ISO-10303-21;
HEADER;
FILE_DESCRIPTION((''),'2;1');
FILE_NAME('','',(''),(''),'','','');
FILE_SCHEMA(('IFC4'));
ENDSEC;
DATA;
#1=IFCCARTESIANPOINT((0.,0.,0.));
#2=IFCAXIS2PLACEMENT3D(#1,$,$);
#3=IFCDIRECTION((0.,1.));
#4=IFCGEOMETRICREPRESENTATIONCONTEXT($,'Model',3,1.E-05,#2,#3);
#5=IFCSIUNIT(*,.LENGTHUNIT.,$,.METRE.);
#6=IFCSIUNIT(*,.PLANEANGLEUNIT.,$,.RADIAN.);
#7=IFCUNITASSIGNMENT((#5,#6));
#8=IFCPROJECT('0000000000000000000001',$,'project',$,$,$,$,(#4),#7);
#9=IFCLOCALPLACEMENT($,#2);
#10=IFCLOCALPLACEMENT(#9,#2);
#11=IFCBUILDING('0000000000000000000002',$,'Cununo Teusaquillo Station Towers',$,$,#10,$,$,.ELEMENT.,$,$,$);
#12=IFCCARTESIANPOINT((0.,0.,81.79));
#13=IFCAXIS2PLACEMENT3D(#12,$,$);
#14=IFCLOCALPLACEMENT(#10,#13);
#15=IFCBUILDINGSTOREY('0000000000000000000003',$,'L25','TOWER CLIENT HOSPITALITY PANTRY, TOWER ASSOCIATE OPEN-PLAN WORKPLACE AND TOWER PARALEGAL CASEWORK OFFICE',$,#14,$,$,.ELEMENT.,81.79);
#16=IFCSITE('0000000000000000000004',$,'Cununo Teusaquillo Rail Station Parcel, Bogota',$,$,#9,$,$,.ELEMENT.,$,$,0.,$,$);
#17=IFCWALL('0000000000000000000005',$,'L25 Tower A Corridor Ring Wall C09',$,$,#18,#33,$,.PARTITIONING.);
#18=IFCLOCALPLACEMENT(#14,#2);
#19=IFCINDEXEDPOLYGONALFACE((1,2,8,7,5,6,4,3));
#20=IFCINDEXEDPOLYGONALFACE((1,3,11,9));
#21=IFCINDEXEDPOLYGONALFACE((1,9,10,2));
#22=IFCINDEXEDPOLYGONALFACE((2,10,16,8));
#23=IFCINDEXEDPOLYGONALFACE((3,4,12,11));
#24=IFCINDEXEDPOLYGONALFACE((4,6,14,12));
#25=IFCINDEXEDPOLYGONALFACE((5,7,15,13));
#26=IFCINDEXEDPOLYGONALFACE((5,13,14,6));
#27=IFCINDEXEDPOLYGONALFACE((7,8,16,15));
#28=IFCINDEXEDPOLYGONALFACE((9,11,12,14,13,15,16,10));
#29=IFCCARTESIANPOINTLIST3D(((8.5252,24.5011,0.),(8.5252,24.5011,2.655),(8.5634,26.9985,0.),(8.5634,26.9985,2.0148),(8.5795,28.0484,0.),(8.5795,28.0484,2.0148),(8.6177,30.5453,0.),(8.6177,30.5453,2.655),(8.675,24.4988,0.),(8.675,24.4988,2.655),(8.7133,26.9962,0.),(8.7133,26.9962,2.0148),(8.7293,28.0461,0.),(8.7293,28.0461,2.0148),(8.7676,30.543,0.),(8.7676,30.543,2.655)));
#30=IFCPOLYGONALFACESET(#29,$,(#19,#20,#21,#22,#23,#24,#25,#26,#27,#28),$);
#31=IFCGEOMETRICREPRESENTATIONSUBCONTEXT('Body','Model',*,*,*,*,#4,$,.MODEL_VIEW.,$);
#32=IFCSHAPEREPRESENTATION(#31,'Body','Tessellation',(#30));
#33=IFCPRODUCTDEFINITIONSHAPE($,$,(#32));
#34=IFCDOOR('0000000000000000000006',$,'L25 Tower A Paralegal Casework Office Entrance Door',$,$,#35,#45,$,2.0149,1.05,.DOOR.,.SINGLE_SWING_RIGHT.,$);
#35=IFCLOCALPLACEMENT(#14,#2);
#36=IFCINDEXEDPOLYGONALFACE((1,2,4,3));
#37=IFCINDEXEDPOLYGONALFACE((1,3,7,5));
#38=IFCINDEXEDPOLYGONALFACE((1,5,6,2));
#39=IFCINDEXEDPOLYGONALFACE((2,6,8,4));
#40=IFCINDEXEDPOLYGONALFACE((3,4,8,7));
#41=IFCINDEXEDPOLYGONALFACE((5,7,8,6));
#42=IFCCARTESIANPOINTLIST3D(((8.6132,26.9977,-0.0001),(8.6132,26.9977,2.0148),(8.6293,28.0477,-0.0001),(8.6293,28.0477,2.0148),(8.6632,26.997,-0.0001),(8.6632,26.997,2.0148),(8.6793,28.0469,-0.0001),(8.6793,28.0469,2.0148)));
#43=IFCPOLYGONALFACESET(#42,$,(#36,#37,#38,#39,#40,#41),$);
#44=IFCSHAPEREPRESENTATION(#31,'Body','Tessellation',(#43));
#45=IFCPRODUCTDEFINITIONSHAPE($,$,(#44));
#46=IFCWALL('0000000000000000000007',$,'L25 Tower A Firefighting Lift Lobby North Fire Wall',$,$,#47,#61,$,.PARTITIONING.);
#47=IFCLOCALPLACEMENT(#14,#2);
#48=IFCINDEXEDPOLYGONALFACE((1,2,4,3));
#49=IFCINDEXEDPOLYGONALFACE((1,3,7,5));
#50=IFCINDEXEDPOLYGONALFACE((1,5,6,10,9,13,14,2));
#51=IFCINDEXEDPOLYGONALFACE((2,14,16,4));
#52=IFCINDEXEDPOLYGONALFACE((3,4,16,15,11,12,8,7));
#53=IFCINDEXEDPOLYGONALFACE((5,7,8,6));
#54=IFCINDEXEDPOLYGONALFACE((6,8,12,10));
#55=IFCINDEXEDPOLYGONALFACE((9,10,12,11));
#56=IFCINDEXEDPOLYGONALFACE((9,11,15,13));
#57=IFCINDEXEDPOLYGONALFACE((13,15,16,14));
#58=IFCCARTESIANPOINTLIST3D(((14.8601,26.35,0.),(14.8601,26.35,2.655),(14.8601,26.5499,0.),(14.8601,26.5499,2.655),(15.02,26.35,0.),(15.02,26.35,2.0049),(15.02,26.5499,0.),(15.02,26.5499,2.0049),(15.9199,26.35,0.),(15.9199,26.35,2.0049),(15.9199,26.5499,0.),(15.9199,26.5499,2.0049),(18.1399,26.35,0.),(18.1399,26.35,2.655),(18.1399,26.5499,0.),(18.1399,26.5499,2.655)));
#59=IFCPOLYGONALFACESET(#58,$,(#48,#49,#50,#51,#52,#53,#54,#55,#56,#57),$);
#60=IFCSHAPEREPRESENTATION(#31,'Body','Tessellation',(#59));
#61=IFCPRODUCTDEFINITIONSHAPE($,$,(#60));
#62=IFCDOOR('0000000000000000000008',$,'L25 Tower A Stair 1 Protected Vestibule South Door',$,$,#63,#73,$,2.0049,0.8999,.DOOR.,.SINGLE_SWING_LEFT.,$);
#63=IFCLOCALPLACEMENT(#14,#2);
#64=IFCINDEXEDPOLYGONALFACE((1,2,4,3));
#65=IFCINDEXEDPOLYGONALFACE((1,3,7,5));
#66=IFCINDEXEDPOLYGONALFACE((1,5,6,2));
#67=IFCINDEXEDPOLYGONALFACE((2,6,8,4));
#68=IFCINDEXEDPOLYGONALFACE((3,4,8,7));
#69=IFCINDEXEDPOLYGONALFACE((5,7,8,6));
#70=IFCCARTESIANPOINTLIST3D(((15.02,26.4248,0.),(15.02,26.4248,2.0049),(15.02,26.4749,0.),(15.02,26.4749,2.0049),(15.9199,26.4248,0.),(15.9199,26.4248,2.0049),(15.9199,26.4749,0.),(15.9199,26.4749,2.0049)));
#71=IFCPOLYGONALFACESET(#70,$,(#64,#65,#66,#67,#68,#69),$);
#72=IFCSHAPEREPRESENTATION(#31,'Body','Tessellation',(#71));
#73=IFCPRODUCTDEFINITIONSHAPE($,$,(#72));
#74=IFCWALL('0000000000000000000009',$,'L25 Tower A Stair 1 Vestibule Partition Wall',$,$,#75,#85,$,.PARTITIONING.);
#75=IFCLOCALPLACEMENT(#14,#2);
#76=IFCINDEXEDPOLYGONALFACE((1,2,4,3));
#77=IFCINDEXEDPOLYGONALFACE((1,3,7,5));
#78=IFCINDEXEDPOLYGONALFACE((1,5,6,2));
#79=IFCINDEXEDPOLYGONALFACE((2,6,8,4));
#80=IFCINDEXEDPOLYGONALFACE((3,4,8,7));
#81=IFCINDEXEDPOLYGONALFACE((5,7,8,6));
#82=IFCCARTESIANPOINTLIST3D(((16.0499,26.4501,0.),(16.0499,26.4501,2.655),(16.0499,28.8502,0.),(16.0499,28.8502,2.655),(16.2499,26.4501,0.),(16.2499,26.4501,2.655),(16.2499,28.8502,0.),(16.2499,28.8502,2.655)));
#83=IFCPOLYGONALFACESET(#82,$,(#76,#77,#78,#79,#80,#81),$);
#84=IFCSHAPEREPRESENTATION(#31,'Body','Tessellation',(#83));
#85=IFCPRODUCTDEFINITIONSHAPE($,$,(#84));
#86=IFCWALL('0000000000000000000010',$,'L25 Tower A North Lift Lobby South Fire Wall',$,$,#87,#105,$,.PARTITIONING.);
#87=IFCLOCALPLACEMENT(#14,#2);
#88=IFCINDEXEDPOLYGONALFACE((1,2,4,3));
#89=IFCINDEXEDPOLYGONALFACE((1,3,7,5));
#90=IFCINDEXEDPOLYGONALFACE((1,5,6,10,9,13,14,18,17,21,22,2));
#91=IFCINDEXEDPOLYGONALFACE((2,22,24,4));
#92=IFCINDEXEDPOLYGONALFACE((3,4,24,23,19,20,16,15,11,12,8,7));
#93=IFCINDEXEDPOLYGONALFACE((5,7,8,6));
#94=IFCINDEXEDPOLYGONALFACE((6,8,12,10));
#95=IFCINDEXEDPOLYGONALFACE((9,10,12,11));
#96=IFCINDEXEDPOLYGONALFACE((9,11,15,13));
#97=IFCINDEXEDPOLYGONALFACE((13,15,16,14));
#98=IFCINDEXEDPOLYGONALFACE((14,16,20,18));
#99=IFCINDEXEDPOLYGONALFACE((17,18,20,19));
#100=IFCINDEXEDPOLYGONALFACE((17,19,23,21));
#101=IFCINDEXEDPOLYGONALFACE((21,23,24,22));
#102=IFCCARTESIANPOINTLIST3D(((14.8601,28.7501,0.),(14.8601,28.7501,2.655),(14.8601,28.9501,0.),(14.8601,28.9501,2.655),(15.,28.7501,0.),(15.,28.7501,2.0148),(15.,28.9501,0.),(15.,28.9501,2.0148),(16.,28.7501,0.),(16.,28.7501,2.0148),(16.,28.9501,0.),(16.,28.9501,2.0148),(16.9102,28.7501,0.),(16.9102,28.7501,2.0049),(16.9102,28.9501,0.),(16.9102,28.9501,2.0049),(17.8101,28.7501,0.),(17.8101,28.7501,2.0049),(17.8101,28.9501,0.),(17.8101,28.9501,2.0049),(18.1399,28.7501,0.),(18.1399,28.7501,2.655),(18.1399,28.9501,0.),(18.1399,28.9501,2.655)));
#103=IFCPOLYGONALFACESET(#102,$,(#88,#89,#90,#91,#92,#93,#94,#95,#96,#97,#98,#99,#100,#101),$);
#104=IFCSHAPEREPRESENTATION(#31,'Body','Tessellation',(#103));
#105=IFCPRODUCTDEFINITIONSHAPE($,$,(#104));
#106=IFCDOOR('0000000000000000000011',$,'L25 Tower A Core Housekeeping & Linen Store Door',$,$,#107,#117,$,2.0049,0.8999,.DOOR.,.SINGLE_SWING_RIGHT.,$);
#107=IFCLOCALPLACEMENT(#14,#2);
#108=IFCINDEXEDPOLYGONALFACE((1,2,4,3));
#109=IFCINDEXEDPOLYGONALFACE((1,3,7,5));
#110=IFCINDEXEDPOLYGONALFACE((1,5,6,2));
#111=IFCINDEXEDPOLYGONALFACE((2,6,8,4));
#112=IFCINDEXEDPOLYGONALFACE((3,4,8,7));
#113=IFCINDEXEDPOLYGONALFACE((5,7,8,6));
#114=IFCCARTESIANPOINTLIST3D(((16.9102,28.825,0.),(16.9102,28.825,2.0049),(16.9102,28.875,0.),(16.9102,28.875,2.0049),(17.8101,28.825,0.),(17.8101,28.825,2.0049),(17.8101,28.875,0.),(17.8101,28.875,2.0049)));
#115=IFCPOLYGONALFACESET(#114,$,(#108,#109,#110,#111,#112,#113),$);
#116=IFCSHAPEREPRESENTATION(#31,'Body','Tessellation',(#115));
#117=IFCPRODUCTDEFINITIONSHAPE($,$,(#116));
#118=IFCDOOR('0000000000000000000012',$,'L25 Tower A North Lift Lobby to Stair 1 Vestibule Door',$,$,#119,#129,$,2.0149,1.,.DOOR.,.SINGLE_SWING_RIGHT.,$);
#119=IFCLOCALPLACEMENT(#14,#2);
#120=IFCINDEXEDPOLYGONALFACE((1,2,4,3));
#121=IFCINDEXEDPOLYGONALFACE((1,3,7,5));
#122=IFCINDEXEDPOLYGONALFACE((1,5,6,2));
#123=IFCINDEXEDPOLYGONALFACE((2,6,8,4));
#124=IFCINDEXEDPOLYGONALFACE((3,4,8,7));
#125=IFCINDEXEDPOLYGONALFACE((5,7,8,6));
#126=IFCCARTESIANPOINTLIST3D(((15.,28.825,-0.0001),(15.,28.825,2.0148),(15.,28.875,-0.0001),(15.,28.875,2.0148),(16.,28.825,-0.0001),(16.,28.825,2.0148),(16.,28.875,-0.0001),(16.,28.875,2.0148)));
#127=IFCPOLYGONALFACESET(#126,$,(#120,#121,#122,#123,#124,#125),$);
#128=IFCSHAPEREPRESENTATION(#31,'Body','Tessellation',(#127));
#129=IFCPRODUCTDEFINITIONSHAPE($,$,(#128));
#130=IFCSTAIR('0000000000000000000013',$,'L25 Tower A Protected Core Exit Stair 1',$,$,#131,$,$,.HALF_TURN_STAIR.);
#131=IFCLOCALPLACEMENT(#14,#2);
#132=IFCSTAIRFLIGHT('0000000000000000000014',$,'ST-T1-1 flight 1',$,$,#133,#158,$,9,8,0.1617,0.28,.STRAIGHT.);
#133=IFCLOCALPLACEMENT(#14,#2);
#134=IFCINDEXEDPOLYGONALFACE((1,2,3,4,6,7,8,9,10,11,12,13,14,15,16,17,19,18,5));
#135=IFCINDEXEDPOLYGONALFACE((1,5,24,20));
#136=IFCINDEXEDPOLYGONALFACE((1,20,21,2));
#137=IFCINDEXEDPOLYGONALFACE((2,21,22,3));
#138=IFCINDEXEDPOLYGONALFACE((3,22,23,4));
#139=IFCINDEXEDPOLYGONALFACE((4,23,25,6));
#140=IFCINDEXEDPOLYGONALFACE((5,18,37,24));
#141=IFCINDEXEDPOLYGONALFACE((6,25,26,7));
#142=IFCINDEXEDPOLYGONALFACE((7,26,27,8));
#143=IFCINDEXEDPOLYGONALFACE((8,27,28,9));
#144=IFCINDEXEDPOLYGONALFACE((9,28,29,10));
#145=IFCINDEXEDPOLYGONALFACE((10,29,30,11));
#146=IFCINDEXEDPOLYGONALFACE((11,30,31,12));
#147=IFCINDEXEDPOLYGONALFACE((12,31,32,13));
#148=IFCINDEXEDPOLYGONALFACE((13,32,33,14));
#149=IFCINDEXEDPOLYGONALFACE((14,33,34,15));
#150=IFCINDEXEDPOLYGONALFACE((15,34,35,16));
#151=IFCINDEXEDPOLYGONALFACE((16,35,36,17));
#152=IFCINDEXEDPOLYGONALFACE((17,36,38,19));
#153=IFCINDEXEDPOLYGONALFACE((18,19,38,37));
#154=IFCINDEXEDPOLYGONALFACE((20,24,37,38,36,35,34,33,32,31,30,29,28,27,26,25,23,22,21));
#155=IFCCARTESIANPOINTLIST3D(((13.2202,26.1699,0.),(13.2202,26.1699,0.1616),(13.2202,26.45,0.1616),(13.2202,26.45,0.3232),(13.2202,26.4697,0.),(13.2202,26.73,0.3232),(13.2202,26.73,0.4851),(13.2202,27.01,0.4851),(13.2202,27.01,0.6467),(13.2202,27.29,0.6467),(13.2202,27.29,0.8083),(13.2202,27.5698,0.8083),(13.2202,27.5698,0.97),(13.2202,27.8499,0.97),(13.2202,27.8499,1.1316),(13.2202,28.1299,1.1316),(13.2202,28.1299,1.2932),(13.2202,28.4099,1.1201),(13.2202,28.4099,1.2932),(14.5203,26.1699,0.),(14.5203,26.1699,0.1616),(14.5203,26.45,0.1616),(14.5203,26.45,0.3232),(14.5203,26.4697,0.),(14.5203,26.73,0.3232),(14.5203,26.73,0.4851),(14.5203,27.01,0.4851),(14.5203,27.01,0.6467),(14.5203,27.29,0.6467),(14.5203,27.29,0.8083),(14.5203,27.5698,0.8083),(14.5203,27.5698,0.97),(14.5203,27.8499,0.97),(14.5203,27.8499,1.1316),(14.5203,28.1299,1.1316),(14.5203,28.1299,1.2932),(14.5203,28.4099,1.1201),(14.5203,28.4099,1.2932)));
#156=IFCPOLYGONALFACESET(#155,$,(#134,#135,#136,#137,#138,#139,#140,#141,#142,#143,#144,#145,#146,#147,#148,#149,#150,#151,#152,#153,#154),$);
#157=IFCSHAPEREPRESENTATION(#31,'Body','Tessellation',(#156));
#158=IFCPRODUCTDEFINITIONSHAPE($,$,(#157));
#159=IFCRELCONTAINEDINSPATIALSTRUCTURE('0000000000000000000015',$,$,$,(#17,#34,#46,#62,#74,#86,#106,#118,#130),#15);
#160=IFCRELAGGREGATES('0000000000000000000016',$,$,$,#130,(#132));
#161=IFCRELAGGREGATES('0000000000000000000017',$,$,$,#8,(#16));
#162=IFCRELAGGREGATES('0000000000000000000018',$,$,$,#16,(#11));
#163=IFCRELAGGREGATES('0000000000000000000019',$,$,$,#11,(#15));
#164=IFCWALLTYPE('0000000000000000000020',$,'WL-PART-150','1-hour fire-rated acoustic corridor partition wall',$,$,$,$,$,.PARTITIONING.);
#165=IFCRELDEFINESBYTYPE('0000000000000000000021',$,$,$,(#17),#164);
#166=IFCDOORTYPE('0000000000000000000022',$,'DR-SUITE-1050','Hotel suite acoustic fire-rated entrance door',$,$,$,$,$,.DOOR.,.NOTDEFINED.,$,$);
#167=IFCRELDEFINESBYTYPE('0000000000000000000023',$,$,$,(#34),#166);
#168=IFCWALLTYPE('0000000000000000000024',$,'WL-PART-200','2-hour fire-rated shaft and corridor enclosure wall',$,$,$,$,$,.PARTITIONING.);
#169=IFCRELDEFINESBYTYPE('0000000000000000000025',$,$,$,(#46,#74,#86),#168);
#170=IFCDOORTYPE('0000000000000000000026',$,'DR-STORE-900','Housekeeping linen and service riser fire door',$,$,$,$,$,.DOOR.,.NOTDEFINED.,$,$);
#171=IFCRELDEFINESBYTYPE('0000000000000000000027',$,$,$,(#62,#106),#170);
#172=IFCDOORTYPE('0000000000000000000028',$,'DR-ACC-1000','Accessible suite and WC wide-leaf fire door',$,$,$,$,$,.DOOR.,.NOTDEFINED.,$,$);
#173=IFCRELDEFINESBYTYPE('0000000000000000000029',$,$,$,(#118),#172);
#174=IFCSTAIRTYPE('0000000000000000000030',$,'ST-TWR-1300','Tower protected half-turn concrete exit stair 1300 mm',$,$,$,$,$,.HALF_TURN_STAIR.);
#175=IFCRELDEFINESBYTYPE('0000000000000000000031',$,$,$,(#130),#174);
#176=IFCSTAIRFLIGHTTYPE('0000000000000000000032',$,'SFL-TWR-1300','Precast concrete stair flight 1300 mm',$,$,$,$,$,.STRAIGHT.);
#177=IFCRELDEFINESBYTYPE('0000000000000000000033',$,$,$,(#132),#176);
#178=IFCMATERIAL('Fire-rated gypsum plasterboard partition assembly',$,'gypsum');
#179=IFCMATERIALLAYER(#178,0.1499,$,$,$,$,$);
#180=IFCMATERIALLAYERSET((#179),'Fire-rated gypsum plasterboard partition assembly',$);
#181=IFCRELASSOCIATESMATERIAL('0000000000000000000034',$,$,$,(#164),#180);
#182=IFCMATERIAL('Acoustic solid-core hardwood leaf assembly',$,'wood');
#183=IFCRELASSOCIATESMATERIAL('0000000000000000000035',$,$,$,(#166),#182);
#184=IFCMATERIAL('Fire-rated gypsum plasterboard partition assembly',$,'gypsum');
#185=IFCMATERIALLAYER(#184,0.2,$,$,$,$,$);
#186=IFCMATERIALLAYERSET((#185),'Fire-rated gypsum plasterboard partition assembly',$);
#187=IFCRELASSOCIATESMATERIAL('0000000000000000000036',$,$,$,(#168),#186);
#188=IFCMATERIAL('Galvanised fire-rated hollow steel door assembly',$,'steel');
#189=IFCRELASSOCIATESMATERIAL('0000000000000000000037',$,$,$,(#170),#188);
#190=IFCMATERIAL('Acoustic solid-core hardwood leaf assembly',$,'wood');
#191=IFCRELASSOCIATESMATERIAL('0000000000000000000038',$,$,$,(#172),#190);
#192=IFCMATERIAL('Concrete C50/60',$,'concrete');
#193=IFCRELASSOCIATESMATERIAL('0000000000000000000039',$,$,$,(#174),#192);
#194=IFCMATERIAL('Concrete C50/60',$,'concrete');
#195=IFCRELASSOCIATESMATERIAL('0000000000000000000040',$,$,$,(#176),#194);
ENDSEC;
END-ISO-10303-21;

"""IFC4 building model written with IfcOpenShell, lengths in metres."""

from ifc_helpers import new_model, si_unit, direction, frame, frame_2d, origin, place, context, subcontext, project, spatial, polyline, rectangle, outline, extrude, source, transform, mapped, material, layer, layer_set, type_object, element, fill, aggregate, save


model = new_model("IFC4")

# Units and contexts
model_context = context("Model", 3, precision=1e-05, world=origin(), true_north=direction((0.0, 1.0)))
body_context = subcontext(model_context, "Body", "Model", "MODEL_VIEW")
ifc_project = project(units=[si_unit("LENGTHUNIT", "METRE"), si_unit("PLANEANGLEUNIT", "RADIAN")], contexts=[model_context])

# Site, building, storey
site_placement = place(None, origin())
site = spatial("IfcSite", under=ifc_project, at=site_placement, Name="Cununo Teusaquillo Rail Station Parcel, Bogota", CompositionType="ELEMENT", RefElevation=0.0)
building_placement = place(site_placement, origin())
building = spatial("IfcBuilding", under=site, at=building_placement, Name="Cununo Teusaquillo Station Towers", CompositionType="ELEMENT")
storey_placement = place(building_placement, frame((0.0, 0.0, 81.79)))
storey = spatial("IfcBuildingStorey", under=building, at=storey_placement, Name="L25", Description="TOWER CLIENT HOSPITALITY PANTRY, TOWER ASSOCIATE OPEN-PLAN WORKPLACE AND TOWER PARALEGAL CASEWORK OFFICE", CompositionType="ELEMENT", Elevation=81.79)

# Walls, openings, doors
ifc_material_1 = material(Name="Fire-rated gypsum plasterboard partition assembly", Category="gypsum")
ifc_layer_1 = layer(ifc_material_1, 0.1499)
ifc_layer_set_1 = layer_set([ifc_layer_1], Name="Fire-rated gypsum plasterboard partition assembly")
wall_type_1 = type_object("IfcWallType", Name="WL-PART-150", Description="1-hour fire-rated acoustic corridor partition wall", PredefinedType="PARTITIONING", material=ifc_layer_set_1)
wall_1_placement = place(storey_placement, frame((8.6926, 30.5442, 0.0), z_axis=(0.0, 0.0, 1.0), x_axis=(-0.015307, -0.999883, 0.0)))
wall_1 = element("IfcWall", 1, at=wall_1_placement, inside=storey, type_object=wall_type_1, Name="L25 Tower A Corridor Ring Wall C09", PredefinedType="PARTITIONING", context=body_context, shape_type="SweptSolid", body=[
    extrude(rectangle(XDim=6.0449, YDim=0.1499, at=frame_2d((3.0225, 0.0))), origin(), (0.0, 0.0, 1.0), 2.655),
])
shared_shape_1 = source(origin(), body_context, "Body", "SweptSolid", [
    extrude(rectangle(XDim=1.05, YDim=2.0149, at=frame_2d((0.5249, 1.0073))), frame((0.0, 0.085, 0.0), z_axis=(0.0, -1.0, 0.0), x_axis=(1.0, 0.0, 0.0)), (0.0, 0.0, 1.0), 0.1699),
])
opening_1_placement = place(wall_1_placement, frame((2.4973, 0.0, 0.0)))
opening_1 = element("IfcOpeningElement", 2, at=opening_1_placement, cuts=wall_1, PredefinedType="OPENING", context=body_context, shape_type="MappedRepresentation", body=[
    mapped(shared_shape_1, transform((0.0, 0.0, 0.0), x_axis=(1.0, 0.0, 0.0), y_axis=(0.0, 1.0, 0.0), z_axis=(0.0, 0.0, 1.0), scale=1.0)),
])
ifc_material_2 = material(Name="Acoustic solid-core hardwood leaf assembly", Category="wood")
door_type_1 = type_object("IfcDoorType", Name="DR-SUITE-1050", Description="Hotel suite acoustic fire-rated entrance door", OperationType="NOTDEFINED", PredefinedType="DOOR", material=ifc_material_2)
shared_shape_2 = source(origin(), body_context, "Body", "SweptSolid", [
    extrude(rectangle(XDim=1.05, YDim=2.0149, at=frame_2d((0.5249, 1.0073))), frame((0.0, 0.0249, 0.0), z_axis=(0.0, -1.0, 0.0), x_axis=(1.0, 0.0, 0.0)), (0.0, 0.0, 1.0), 0.05),
])
door_1_placement = place(opening_1_placement, origin())
door_1 = element("IfcDoor", 3, at=door_1_placement, inside=storey, type_object=door_type_1, Name="L25 Tower A Paralegal Casework Office Entrance Door", OperationType="SINGLE_SWING_RIGHT", OverallHeight=2.0149, OverallWidth=1.05, PredefinedType="DOOR", context=body_context, shape_type="MappedRepresentation", body=[
    mapped(shared_shape_2, transform((0.0, 0.0, 0.0), x_axis=(1.0, 0.0, 0.0), y_axis=(0.0, 1.0, 0.0), z_axis=(0.0, 0.0, 1.0), scale=1.0)),
])
fill(opening_1, door_1)
ifc_material_3 = material(Name="Fire-rated gypsum plasterboard partition assembly", Category="gypsum")
ifc_layer_2 = layer(ifc_material_3, 0.2)
ifc_layer_set_2 = layer_set([ifc_layer_2], Name="Fire-rated gypsum plasterboard partition assembly")
wall_type_2 = type_object("IfcWallType", Name="WL-PART-200", Description="2-hour fire-rated shaft and corridor enclosure wall", PredefinedType="PARTITIONING", material=ifc_layer_set_2)
wall_2_placement = place(storey_placement, frame((14.8601, 26.45, 0.0), z_axis=(0.0, 0.0, 1.0), x_axis=(1.0, 0.0, 0.0)))
wall_2 = element("IfcWall", 4, at=wall_2_placement, inside=storey, type_object=wall_type_2, Name="L25 Tower A Firefighting Lift Lobby North Fire Wall", PredefinedType="PARTITIONING", context=body_context, shape_type="SweptSolid", body=[
    extrude(rectangle(XDim=3.2798, YDim=0.2, at=frame_2d((1.6399, 0.0))), origin(), (0.0, 0.0, 1.0), 2.655),
])
shared_shape_3 = source(origin(), body_context, "Body", "SweptSolid", [
    extrude(rectangle(XDim=0.8999, YDim=2.0049, at=frame_2d((0.45, 1.0024))), frame((0.0, 0.1099, 0.0), z_axis=(0.0, -1.0, 0.0), x_axis=(1.0, 0.0, 0.0)), (0.0, 0.0, 1.0), 0.22),
])
opening_2_placement = place(wall_2_placement, frame((0.1599, 0.0, 0.0)))
opening_2 = element("IfcOpeningElement", 5, at=opening_2_placement, cuts=wall_2, PredefinedType="OPENING", context=body_context, shape_type="MappedRepresentation", body=[
    mapped(shared_shape_3, transform((0.0, 0.0, 0.0), x_axis=(1.0, 0.0, 0.0), y_axis=(0.0, 1.0, 0.0), z_axis=(0.0, 0.0, 1.0), scale=1.0)),
])
ifc_material_4 = material(Name="Galvanised fire-rated hollow steel door assembly", Category="steel")
door_type_2 = type_object("IfcDoorType", Name="DR-STORE-900", Description="Housekeeping linen and service riser fire door", OperationType="NOTDEFINED", PredefinedType="DOOR", material=ifc_material_4)
shared_shape_4 = source(origin(), body_context, "Body", "SweptSolid", [
    extrude(rectangle(XDim=0.8999, YDim=2.0049, at=frame_2d((0.45, 1.0024))), frame((0.0, 0.0249, 0.0), z_axis=(0.0, -1.0, 0.0), x_axis=(1.0, 0.0, 0.0)), (0.0, 0.0, 1.0), 0.05),
])
door_2_placement = place(opening_2_placement, origin())
door_2 = element("IfcDoor", 6, at=door_2_placement, inside=storey, type_object=door_type_2, Name="L25 Tower A Stair 1 Protected Vestibule South Door", OperationType="SINGLE_SWING_LEFT", OverallHeight=2.0049, OverallWidth=0.8999, PredefinedType="DOOR", context=body_context, shape_type="MappedRepresentation", body=[
    mapped(shared_shape_4, transform((0.0, 0.0, 0.0), x_axis=(1.0, 0.0, 0.0), y_axis=(0.0, 1.0, 0.0), z_axis=(0.0, 0.0, 1.0), scale=1.0)),
])
fill(opening_2, door_2)

# Wall
wall_3_placement = place(storey_placement, frame((16.1499, 26.45, 0.0), z_axis=(0.0, 0.0, 1.0), x_axis=(0.0, 1.0, 0.0)))
element("IfcWall", 7, at=wall_3_placement, inside=storey, type_object=wall_type_2, Name="L25 Tower A Stair 1 Vestibule Partition Wall", PredefinedType="PARTITIONING", context=body_context, shape_type="SweptSolid", body=[
    extrude(rectangle(XDim=2.4001, YDim=0.2, at=frame_2d((1.2002, 0.0))), origin(), (0.0, 0.0, 1.0), 2.655),
])

# Wall, openings, doors
wall_4_placement = place(storey_placement, frame((14.8601, 28.8501, 0.0), z_axis=(0.0, 0.0, 1.0), x_axis=(1.0, 0.0, 0.0)))
wall_4 = element("IfcWall", 8, at=wall_4_placement, inside=storey, type_object=wall_type_2, Name="L25 Tower A North Lift Lobby South Fire Wall", PredefinedType="PARTITIONING", context=body_context, shape_type="SweptSolid", body=[
    extrude(rectangle(XDim=3.2798, YDim=0.2, at=frame_2d((1.6399, 0.0))), origin(), (0.0, 0.0, 1.0), 2.655),
])
shared_shape_5 = source(origin(), body_context, "Body", "SweptSolid", [
    extrude(rectangle(XDim=1.0, YDim=2.0149, at=frame_2d((0.5, 1.0073))), frame((0.0, 0.1099, 0.0), z_axis=(0.0, -1.0, 0.0), x_axis=(1.0, 0.0, 0.0)), (0.0, 0.0, 1.0), 0.22),
])
opening_3_placement = place(wall_4_placement, frame((0.1399, 0.0, 0.0)))
opening_3 = element("IfcOpeningElement", 9, at=opening_3_placement, cuts=wall_4, PredefinedType="OPENING", context=body_context, shape_type="MappedRepresentation", body=[
    mapped(shared_shape_5, transform((0.0, 0.0, 0.0), x_axis=(1.0, 0.0, 0.0), y_axis=(0.0, 1.0, 0.0), z_axis=(0.0, 0.0, 1.0), scale=1.0)),
])
opening_4_placement = place(wall_4_placement, frame((2.05, 0.0, 0.0)))
opening_4 = element("IfcOpeningElement", 10, at=opening_4_placement, cuts=wall_4, PredefinedType="OPENING", context=body_context, shape_type="MappedRepresentation", body=[
    mapped(shared_shape_3, transform((0.0, 0.0, 0.0), x_axis=(1.0, 0.0, 0.0), y_axis=(0.0, 1.0, 0.0), z_axis=(0.0, 0.0, 1.0), scale=1.0)),
])
door_3_placement = place(opening_4_placement, origin())
door_3 = element("IfcDoor", 11, at=door_3_placement, inside=storey, type_object=door_type_2, Name="L25 Tower A Core Housekeeping & Linen Store Door", OperationType="SINGLE_SWING_RIGHT", OverallHeight=2.0049, OverallWidth=0.8999, PredefinedType="DOOR", context=body_context, shape_type="MappedRepresentation", body=[
    mapped(shared_shape_4, transform((0.0, 0.0, 0.0), x_axis=(1.0, 0.0, 0.0), y_axis=(0.0, 1.0, 0.0), z_axis=(0.0, 0.0, 1.0), scale=1.0)),
])
fill(opening_4, door_3)
ifc_material_5 = material(Name="Acoustic solid-core hardwood leaf assembly", Category="wood")
door_type_3 = type_object("IfcDoorType", Name="DR-ACC-1000", Description="Accessible suite and WC wide-leaf fire door", OperationType="NOTDEFINED", PredefinedType="DOOR", material=ifc_material_5)
shared_shape_6 = source(origin(), body_context, "Body", "SweptSolid", [
    extrude(rectangle(XDim=1.0, YDim=2.0149, at=frame_2d((0.5, 1.0073))), frame((0.0, 0.0249, 0.0), z_axis=(0.0, -1.0, 0.0), x_axis=(1.0, 0.0, 0.0)), (0.0, 0.0, 1.0), 0.05),
])
door_4_placement = place(opening_3_placement, origin())
door_4 = element("IfcDoor", 12, at=door_4_placement, inside=storey, type_object=door_type_3, Name="L25 Tower A North Lift Lobby to Stair 1 Vestibule Door", OperationType="SINGLE_SWING_RIGHT", OverallHeight=2.0149, OverallWidth=1.0, PredefinedType="DOOR", context=body_context, shape_type="MappedRepresentation", body=[
    mapped(shared_shape_6, transform((0.0, 0.0, 0.0), x_axis=(1.0, 0.0, 0.0), y_axis=(0.0, 1.0, 0.0), z_axis=(0.0, 0.0, 1.0), scale=1.0)),
])
fill(opening_3, door_4)

# Stair, stair flight
ifc_material_6 = material(Name="Concrete C50/60", Category="concrete")
stair_type = type_object("IfcStairType", Name="ST-TWR-1300", Description="Tower protected half-turn concrete exit stair 1300 mm", PredefinedType="HALF_TURN_STAIR", material=ifc_material_6)
stair_placement = place(storey_placement, origin())
stair = element("IfcStair", 13, at=stair_placement, inside=storey, type_object=stair_type, Name="L25 Tower A Protected Core Exit Stair 1", PredefinedType="HALF_TURN_STAIR")
ifc_material_7 = material(Name="Concrete C50/60", Category="concrete")
stair_flight_type = type_object("IfcStairFlightType", Name="SFL-TWR-1300", Description="Precast concrete stair flight 1300 mm", PredefinedType="STRAIGHT", material=ifc_material_7)
stair_flight_1_placement = place(storey_placement, frame((13.8701, 26.1699, 0.0), z_axis=(0.0, 0.0, 1.0), x_axis=(0.0, 1.0, 0.0)))
stair_flight_1 = element("IfcStairFlight", 14, at=stair_flight_1_placement, type_object=stair_flight_type, Name="ST-T1-1 flight 1", NumberOfRisers=9, NumberOfTreads=8, PredefinedType="STRAIGHT", RiserHeight=0.1617, TreadLength=0.28, context=body_context, shape_type="SweptSolid", body=[
    extrude(outline(polyline([(0.0, 0.0), (0.0, 0.1616), (0.28, 0.1616), (0.28, 0.3232), (0.5601, 0.3232), (0.5601, 0.4851), (0.8401, 0.4851), (0.8401, 0.6467), (1.1201, 0.6467), (1.1201, 0.8083), (1.3999, 0.8083), (1.3999, 0.97), (1.6799, 0.97), (1.6799, 1.1316), (1.96, 1.1316), (1.96, 1.2932), (2.24, 1.2932), (2.24, 1.4551), (2.24, 1.1201), (0.2998, 0.0), (0.0, 0.0)])), frame((0.0, 0.6499, 0.0), z_axis=(0.0, -1.0, 0.0), x_axis=(1.0, 0.0, 0.0)), (0.0, 0.0, 1.0), 1.3),
])
aggregate(stair, [stair_flight_1])

save(model, "model.ifc")
